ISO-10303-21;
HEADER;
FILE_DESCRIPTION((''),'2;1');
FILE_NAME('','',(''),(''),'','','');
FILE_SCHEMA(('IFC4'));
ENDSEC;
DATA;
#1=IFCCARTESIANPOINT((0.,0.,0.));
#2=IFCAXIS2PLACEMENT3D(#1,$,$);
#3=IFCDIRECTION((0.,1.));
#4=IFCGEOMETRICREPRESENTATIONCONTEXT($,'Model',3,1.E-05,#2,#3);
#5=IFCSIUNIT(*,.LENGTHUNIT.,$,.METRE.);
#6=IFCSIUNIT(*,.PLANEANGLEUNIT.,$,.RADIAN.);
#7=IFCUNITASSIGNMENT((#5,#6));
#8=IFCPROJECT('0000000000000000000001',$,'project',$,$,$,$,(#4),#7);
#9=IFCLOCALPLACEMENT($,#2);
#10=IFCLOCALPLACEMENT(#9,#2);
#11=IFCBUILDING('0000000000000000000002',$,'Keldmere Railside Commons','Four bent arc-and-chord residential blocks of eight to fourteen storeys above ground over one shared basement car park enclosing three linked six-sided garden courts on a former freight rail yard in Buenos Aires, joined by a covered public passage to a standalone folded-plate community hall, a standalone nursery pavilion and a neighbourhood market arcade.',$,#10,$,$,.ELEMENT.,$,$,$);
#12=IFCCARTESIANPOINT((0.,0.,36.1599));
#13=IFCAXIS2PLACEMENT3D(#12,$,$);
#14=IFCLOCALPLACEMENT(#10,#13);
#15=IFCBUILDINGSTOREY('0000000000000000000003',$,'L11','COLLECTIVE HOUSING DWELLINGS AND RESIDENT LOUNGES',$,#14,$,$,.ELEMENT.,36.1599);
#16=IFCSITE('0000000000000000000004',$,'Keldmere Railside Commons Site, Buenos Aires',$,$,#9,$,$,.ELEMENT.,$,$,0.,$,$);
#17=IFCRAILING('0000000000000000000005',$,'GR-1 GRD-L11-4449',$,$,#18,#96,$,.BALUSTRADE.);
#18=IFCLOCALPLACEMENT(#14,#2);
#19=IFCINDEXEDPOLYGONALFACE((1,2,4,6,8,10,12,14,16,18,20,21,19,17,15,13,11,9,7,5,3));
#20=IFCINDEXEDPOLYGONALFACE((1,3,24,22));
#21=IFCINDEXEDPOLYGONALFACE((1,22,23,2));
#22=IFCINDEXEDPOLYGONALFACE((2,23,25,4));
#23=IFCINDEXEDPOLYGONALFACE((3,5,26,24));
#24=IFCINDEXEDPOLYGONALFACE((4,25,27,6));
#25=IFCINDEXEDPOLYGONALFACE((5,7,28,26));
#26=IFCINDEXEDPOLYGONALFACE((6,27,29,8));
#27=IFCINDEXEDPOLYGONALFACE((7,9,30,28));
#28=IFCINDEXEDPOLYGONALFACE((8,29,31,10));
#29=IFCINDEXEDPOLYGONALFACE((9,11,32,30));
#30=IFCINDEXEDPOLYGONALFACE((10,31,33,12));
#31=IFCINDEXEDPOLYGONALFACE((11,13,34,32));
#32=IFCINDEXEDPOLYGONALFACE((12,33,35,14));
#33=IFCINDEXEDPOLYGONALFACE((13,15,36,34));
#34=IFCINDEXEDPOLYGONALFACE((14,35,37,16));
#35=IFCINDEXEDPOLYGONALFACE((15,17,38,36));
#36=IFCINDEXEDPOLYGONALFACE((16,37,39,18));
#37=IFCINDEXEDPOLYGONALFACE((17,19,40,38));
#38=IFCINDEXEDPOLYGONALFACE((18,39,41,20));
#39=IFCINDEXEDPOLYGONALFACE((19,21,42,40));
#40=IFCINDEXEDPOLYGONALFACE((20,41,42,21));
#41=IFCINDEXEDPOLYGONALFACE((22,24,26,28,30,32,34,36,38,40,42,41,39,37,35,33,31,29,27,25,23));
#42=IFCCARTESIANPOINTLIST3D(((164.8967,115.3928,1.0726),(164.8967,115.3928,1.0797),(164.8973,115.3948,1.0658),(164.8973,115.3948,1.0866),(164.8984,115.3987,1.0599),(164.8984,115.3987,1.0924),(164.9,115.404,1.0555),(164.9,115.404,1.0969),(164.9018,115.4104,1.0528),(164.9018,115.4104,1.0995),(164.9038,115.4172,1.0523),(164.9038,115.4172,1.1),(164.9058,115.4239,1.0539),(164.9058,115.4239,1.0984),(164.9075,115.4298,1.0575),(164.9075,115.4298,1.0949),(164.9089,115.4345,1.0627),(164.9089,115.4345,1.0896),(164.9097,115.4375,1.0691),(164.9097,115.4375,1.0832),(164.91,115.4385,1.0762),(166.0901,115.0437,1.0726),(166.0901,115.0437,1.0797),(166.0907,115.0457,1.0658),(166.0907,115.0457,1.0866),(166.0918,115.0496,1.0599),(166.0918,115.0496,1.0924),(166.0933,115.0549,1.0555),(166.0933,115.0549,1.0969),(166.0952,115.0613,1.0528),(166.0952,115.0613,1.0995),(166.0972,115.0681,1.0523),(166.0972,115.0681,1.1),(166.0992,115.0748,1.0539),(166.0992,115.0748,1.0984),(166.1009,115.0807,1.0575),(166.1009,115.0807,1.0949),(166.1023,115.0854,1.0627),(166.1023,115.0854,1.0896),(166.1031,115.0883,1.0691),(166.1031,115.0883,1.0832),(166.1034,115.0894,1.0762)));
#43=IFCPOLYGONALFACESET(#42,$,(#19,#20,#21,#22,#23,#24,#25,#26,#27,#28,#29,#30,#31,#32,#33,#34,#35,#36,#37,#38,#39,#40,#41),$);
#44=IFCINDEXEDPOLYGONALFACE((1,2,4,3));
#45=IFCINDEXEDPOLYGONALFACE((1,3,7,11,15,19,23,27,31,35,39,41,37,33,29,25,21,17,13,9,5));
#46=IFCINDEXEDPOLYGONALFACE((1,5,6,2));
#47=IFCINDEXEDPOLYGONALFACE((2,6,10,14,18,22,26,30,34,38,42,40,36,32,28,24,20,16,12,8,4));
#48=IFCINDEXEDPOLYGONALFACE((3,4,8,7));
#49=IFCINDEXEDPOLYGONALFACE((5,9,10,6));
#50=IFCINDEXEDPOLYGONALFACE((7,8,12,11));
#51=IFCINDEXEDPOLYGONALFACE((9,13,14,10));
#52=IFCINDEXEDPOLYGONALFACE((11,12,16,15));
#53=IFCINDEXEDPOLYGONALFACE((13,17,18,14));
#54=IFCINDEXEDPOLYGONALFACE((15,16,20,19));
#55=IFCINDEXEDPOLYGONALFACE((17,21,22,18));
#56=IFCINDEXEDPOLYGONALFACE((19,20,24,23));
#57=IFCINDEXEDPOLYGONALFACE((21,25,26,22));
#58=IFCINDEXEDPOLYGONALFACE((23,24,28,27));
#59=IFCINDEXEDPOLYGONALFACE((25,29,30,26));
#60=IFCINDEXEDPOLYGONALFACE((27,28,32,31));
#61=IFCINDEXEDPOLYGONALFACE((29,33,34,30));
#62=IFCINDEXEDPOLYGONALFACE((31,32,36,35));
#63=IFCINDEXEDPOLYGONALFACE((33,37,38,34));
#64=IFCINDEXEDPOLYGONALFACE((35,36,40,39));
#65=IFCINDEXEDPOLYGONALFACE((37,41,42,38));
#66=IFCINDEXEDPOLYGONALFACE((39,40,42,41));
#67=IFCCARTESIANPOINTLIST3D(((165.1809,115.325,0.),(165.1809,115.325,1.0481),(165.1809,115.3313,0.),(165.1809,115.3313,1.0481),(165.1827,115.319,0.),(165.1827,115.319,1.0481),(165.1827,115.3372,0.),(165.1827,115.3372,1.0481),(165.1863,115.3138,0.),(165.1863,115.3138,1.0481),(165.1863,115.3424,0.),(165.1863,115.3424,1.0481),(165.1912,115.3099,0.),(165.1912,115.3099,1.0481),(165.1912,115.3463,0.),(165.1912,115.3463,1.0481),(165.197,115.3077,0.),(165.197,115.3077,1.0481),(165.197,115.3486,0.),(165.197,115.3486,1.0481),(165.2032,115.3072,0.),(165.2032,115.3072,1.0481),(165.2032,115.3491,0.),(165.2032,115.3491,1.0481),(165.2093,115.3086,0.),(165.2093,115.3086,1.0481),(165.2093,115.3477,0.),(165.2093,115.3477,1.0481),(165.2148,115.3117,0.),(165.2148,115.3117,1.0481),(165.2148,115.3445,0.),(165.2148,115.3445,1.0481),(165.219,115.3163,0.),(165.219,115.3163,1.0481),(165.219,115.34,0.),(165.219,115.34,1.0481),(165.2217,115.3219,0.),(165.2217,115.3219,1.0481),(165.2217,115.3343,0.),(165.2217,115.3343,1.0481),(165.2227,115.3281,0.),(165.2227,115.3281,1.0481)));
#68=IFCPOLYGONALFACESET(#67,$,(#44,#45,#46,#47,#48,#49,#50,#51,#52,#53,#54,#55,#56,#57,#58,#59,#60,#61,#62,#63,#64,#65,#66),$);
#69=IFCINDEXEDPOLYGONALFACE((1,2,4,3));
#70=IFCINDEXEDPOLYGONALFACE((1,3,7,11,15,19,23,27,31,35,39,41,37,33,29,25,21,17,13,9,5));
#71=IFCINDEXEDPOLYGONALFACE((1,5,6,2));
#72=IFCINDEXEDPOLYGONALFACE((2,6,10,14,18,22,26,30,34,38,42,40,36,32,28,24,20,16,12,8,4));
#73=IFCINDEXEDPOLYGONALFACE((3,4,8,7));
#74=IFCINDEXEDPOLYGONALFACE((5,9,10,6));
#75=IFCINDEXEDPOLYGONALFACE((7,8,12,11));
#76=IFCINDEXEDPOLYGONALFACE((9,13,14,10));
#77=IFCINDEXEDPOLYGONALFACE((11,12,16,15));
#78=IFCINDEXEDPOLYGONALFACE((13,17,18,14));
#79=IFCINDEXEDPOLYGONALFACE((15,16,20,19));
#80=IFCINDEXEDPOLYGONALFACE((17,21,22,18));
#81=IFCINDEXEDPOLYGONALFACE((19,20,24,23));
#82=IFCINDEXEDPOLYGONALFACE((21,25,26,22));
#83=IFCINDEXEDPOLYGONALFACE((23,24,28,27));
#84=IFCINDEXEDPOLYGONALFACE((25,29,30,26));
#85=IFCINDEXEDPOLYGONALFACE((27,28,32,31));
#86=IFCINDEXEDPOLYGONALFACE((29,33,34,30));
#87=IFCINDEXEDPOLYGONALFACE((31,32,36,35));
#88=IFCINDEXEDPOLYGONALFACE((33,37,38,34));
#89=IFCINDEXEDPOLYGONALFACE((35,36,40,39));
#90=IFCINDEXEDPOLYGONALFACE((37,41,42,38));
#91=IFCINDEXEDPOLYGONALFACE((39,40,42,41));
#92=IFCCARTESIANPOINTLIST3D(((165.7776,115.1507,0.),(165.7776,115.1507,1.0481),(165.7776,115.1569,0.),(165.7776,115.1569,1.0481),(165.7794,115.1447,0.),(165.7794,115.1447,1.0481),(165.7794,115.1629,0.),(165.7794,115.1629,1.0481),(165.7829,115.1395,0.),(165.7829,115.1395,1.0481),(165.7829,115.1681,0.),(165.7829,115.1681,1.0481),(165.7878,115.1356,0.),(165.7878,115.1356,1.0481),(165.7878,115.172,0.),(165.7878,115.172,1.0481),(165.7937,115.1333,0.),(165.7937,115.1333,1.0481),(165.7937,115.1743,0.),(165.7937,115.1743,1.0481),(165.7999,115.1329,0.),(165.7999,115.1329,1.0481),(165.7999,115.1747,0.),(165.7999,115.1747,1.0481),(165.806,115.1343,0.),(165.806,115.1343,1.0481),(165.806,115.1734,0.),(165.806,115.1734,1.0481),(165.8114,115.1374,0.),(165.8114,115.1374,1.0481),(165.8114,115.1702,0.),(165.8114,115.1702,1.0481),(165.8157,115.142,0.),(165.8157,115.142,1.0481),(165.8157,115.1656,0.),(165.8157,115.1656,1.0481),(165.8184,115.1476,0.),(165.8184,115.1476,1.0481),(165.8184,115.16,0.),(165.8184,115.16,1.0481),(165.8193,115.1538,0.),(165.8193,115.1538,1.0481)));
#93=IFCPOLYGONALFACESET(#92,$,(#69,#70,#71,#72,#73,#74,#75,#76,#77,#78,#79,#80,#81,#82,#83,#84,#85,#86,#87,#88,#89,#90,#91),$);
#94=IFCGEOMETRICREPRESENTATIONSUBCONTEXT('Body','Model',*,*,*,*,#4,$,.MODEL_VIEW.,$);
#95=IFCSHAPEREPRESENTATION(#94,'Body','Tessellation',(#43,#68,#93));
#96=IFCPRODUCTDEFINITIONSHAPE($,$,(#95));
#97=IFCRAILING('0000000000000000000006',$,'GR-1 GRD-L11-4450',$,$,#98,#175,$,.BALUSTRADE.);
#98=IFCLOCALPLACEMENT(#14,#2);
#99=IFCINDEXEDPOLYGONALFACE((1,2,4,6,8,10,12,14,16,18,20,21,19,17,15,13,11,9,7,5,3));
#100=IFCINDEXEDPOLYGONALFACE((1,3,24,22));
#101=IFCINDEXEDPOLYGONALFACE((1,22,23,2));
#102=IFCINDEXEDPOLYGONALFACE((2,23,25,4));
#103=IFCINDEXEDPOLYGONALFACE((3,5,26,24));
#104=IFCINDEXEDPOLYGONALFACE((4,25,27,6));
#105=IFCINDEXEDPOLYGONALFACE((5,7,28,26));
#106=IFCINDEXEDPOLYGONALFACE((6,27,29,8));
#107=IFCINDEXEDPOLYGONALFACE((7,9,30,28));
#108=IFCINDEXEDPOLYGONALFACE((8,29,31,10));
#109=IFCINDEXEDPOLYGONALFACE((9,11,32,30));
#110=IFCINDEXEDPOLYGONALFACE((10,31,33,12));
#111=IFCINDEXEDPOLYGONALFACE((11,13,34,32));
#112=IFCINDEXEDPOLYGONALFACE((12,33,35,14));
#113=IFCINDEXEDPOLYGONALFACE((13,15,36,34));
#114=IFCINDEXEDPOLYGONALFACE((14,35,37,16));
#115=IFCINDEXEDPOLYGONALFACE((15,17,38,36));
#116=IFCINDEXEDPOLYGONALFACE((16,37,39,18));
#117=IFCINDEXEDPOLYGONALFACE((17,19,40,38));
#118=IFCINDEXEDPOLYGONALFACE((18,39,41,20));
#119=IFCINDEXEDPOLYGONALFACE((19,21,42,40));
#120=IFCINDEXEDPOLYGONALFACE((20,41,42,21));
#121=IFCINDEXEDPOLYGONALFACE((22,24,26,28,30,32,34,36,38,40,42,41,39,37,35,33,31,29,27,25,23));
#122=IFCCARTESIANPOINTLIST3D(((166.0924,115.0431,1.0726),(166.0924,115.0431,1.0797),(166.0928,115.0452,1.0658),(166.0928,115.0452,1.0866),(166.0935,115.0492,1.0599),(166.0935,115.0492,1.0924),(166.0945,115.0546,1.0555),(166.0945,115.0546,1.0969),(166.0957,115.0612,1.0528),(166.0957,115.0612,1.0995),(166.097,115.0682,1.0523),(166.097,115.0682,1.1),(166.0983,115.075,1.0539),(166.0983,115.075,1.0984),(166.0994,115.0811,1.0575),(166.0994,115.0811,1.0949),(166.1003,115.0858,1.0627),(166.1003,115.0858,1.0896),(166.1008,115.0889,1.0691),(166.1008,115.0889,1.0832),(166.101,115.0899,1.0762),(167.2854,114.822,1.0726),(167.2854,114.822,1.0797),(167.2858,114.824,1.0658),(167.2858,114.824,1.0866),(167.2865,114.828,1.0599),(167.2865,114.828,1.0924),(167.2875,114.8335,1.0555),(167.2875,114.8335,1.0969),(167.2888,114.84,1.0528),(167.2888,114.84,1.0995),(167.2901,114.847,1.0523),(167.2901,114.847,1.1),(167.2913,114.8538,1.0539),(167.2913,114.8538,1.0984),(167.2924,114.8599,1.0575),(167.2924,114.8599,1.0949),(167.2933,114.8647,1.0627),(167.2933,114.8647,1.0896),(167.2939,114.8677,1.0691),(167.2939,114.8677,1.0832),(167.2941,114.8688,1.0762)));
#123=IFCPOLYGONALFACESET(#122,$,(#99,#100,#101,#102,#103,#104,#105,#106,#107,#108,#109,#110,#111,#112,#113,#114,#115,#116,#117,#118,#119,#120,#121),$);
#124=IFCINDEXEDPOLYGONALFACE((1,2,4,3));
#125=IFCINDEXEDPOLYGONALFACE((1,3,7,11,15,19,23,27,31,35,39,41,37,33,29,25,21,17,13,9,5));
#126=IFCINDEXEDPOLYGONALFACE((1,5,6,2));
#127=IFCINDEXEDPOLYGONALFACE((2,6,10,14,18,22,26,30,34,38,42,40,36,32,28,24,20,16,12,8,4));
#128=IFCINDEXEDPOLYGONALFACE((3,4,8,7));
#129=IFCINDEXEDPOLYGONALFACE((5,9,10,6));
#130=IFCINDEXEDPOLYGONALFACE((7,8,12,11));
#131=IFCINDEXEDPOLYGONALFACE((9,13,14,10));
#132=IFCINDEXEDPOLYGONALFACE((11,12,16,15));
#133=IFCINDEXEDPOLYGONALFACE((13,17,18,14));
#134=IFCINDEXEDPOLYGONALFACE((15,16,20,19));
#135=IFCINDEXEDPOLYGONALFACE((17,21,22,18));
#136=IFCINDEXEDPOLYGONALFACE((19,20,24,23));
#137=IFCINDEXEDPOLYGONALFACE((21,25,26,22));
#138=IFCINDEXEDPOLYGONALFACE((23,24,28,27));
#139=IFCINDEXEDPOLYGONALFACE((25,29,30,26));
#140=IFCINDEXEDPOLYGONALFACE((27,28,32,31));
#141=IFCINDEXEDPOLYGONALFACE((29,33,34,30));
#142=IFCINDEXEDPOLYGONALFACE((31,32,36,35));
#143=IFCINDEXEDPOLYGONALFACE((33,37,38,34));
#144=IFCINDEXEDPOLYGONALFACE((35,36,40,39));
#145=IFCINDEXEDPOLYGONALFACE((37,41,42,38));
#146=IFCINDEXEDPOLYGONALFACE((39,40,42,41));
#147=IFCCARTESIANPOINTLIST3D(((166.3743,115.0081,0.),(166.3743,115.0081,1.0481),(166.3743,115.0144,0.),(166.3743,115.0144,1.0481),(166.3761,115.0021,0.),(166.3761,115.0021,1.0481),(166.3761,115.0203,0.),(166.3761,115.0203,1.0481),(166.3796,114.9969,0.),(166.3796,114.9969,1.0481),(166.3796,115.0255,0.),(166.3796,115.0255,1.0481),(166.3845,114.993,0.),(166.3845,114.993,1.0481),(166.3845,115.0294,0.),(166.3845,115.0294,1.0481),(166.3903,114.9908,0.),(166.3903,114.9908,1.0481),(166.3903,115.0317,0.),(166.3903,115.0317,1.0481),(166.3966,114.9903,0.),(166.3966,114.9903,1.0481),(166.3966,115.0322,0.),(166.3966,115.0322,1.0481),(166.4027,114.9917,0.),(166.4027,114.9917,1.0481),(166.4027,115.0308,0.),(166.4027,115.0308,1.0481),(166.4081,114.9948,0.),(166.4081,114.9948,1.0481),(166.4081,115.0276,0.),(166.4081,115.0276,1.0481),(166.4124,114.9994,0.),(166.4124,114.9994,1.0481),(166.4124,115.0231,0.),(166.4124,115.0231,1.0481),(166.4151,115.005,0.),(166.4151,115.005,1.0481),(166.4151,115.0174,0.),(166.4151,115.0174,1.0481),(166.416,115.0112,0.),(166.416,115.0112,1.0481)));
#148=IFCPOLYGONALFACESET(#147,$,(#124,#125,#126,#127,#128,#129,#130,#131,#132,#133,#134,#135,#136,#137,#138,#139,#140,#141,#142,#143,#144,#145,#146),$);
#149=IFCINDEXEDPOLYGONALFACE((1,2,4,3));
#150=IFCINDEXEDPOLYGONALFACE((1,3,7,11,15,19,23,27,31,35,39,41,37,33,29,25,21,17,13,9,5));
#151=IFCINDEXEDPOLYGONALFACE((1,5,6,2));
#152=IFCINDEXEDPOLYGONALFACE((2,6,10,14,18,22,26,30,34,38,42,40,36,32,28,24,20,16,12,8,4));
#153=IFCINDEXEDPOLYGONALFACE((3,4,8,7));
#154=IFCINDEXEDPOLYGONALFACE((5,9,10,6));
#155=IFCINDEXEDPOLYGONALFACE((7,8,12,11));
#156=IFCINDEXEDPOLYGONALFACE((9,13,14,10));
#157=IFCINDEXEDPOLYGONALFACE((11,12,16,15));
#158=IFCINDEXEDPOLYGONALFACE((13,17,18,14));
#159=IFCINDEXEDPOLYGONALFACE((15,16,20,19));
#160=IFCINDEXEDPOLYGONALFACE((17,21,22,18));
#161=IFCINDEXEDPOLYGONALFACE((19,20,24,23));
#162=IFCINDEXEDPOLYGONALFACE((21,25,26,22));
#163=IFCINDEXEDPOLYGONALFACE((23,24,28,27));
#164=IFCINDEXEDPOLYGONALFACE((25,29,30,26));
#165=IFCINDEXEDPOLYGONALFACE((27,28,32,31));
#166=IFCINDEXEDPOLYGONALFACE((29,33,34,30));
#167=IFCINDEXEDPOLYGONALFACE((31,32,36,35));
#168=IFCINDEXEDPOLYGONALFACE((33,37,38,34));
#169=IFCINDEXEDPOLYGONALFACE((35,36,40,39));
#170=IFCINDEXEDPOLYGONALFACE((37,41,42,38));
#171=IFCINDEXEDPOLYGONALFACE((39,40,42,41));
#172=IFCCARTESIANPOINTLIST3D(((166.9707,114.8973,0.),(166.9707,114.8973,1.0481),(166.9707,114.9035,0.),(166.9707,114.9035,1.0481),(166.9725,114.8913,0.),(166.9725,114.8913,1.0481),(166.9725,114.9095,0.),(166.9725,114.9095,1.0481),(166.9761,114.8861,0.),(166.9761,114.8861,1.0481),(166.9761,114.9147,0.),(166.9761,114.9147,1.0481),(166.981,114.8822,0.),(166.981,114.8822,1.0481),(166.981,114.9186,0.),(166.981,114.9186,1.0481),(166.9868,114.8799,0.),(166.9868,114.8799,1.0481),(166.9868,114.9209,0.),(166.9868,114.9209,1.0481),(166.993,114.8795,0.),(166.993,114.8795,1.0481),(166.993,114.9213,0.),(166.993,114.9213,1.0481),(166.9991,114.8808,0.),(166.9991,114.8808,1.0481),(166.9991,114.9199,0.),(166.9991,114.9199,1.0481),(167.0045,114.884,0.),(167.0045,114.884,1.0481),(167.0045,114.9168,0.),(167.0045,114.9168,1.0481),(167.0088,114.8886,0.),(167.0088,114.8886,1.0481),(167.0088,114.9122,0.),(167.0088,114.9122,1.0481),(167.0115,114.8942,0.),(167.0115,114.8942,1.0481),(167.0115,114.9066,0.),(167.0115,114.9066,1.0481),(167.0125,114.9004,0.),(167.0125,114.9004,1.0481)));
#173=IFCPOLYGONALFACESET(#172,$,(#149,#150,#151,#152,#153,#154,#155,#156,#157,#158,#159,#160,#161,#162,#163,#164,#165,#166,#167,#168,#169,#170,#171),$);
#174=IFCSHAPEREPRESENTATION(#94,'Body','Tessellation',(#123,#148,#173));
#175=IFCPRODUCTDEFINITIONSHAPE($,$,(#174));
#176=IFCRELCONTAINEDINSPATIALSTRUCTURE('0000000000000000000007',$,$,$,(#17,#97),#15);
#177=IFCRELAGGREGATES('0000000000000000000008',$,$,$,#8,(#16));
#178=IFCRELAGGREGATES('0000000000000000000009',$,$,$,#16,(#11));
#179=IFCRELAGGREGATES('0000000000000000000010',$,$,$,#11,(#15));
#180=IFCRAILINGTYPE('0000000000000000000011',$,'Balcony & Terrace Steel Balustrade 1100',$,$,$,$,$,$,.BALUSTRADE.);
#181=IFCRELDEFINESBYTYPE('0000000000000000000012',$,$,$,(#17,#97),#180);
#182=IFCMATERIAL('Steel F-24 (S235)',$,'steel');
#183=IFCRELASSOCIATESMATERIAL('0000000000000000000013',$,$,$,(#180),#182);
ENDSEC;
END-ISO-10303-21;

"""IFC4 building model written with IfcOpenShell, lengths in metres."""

from ifc_helpers import new_model, si_unit, direction, frame, origin, origin_2d, place, context, subcontext, project, spatial, circle, extrude, material, type_object, element, save


model = new_model("IFC4")

# Units and contexts
model_context = context("Model", 3, precision=1e-05, world=origin(), true_north=direction((0.0, 1.0)))
body_context = subcontext(model_context, "Body", "Model", "MODEL_VIEW")
ifc_project = project(units=[si_unit("LENGTHUNIT", "METRE"), si_unit("PLANEANGLEUNIT", "RADIAN")], contexts=[model_context])

# Site, building, storey
site_placement = place(None, origin())
site = spatial("IfcSite", under=ifc_project, at=site_placement, Name="Keldmere Railside Commons Site, Buenos Aires", CompositionType="ELEMENT", RefElevation=0.0)
building_placement = place(site_placement, origin())
building = spatial("IfcBuilding", under=site, at=building_placement, Name="Keldmere Railside Commons", Description="Four bent arc-and-chord residential blocks of eight to fourteen storeys above ground over one shared basement car park enclosing three linked six-sided garden courts on a former freight rail yard in Buenos Aires, joined by a covered public passage to a standalone folded-plate community hall, a standalone nursery pavilion and a neighbourhood market arcade.", CompositionType="ELEMENT")
storey_placement = place(building_placement, frame((0.0, 0.0, 36.1599)))
storey = spatial("IfcBuildingStorey", under=building, at=storey_placement, Name="L11", Description="COLLECTIVE HOUSING DWELLINGS AND RESIDENT LOUNGES", CompositionType="ELEMENT", Elevation=36.1599)

# Railings
ifc_material_1 = material(Name="Steel F-24 (S235)", Category="steel")
railing_type = type_object("IfcRailingType", Name="Balcony & Terrace Steel Balustrade 1100", PredefinedType="BALUSTRADE", material=ifc_material_1)
railing_1_placement = place(storey_placement, frame((164.9033, 115.4155, 0.0)))
element("IfcRailing", 1, at=railing_1_placement, inside=storey, type_object=railing_type, Name="GR-1 GRD-L11-4449", PredefinedType="BALUSTRADE", context=body_context, shape_type="SweptSolid", body=[
    extrude(circle(Radius=0.0239, at=origin_2d()), frame((0.0, 0.0, 1.0762), z_axis=(0.959771, -0.280784, 0.0), x_axis=(0.280784, 0.959771, 0.0)), (0.0, 0.0, 1.0), 1.2434),
    extrude(circle(Radius=0.021, at=origin_2d()), frame((0.2983, -0.0874, 0.0)), (0.0, 0.0, 1.0), 1.0481),
    extrude(circle(Radius=0.021, at=origin_2d()), frame((0.895, -0.2617, 0.0)), (0.0, 0.0, 1.0), 1.0481),
])
railing_2_placement = place(storey_placement, frame((166.0967, 115.0664, 0.0)))
element("IfcRailing", 2, at=railing_2_placement, inside=storey, type_object=railing_type, Name="GR-1 GRD-L11-4450", PredefinedType="BALUSTRADE", context=body_context, shape_type="SweptSolid", body=[
    extrude(circle(Radius=0.0239, at=origin_2d()), frame((0.0, 0.0, 1.0762), z_axis=(0.983246, -0.182284, 0.0), x_axis=(0.182284, 0.983246, 0.0)), (0.0, 0.0, 1.0), 1.2134),
    extrude(circle(Radius=0.021, at=origin_2d()), frame((0.2983, -0.0552, 0.0)), (0.0, 0.0, 1.0), 1.0481),
    extrude(circle(Radius=0.021, at=origin_2d()), frame((0.8948, -0.166, 0.0)), (0.0, 0.0, 1.0), 1.0481),
])

save(model, "model.ifc")
